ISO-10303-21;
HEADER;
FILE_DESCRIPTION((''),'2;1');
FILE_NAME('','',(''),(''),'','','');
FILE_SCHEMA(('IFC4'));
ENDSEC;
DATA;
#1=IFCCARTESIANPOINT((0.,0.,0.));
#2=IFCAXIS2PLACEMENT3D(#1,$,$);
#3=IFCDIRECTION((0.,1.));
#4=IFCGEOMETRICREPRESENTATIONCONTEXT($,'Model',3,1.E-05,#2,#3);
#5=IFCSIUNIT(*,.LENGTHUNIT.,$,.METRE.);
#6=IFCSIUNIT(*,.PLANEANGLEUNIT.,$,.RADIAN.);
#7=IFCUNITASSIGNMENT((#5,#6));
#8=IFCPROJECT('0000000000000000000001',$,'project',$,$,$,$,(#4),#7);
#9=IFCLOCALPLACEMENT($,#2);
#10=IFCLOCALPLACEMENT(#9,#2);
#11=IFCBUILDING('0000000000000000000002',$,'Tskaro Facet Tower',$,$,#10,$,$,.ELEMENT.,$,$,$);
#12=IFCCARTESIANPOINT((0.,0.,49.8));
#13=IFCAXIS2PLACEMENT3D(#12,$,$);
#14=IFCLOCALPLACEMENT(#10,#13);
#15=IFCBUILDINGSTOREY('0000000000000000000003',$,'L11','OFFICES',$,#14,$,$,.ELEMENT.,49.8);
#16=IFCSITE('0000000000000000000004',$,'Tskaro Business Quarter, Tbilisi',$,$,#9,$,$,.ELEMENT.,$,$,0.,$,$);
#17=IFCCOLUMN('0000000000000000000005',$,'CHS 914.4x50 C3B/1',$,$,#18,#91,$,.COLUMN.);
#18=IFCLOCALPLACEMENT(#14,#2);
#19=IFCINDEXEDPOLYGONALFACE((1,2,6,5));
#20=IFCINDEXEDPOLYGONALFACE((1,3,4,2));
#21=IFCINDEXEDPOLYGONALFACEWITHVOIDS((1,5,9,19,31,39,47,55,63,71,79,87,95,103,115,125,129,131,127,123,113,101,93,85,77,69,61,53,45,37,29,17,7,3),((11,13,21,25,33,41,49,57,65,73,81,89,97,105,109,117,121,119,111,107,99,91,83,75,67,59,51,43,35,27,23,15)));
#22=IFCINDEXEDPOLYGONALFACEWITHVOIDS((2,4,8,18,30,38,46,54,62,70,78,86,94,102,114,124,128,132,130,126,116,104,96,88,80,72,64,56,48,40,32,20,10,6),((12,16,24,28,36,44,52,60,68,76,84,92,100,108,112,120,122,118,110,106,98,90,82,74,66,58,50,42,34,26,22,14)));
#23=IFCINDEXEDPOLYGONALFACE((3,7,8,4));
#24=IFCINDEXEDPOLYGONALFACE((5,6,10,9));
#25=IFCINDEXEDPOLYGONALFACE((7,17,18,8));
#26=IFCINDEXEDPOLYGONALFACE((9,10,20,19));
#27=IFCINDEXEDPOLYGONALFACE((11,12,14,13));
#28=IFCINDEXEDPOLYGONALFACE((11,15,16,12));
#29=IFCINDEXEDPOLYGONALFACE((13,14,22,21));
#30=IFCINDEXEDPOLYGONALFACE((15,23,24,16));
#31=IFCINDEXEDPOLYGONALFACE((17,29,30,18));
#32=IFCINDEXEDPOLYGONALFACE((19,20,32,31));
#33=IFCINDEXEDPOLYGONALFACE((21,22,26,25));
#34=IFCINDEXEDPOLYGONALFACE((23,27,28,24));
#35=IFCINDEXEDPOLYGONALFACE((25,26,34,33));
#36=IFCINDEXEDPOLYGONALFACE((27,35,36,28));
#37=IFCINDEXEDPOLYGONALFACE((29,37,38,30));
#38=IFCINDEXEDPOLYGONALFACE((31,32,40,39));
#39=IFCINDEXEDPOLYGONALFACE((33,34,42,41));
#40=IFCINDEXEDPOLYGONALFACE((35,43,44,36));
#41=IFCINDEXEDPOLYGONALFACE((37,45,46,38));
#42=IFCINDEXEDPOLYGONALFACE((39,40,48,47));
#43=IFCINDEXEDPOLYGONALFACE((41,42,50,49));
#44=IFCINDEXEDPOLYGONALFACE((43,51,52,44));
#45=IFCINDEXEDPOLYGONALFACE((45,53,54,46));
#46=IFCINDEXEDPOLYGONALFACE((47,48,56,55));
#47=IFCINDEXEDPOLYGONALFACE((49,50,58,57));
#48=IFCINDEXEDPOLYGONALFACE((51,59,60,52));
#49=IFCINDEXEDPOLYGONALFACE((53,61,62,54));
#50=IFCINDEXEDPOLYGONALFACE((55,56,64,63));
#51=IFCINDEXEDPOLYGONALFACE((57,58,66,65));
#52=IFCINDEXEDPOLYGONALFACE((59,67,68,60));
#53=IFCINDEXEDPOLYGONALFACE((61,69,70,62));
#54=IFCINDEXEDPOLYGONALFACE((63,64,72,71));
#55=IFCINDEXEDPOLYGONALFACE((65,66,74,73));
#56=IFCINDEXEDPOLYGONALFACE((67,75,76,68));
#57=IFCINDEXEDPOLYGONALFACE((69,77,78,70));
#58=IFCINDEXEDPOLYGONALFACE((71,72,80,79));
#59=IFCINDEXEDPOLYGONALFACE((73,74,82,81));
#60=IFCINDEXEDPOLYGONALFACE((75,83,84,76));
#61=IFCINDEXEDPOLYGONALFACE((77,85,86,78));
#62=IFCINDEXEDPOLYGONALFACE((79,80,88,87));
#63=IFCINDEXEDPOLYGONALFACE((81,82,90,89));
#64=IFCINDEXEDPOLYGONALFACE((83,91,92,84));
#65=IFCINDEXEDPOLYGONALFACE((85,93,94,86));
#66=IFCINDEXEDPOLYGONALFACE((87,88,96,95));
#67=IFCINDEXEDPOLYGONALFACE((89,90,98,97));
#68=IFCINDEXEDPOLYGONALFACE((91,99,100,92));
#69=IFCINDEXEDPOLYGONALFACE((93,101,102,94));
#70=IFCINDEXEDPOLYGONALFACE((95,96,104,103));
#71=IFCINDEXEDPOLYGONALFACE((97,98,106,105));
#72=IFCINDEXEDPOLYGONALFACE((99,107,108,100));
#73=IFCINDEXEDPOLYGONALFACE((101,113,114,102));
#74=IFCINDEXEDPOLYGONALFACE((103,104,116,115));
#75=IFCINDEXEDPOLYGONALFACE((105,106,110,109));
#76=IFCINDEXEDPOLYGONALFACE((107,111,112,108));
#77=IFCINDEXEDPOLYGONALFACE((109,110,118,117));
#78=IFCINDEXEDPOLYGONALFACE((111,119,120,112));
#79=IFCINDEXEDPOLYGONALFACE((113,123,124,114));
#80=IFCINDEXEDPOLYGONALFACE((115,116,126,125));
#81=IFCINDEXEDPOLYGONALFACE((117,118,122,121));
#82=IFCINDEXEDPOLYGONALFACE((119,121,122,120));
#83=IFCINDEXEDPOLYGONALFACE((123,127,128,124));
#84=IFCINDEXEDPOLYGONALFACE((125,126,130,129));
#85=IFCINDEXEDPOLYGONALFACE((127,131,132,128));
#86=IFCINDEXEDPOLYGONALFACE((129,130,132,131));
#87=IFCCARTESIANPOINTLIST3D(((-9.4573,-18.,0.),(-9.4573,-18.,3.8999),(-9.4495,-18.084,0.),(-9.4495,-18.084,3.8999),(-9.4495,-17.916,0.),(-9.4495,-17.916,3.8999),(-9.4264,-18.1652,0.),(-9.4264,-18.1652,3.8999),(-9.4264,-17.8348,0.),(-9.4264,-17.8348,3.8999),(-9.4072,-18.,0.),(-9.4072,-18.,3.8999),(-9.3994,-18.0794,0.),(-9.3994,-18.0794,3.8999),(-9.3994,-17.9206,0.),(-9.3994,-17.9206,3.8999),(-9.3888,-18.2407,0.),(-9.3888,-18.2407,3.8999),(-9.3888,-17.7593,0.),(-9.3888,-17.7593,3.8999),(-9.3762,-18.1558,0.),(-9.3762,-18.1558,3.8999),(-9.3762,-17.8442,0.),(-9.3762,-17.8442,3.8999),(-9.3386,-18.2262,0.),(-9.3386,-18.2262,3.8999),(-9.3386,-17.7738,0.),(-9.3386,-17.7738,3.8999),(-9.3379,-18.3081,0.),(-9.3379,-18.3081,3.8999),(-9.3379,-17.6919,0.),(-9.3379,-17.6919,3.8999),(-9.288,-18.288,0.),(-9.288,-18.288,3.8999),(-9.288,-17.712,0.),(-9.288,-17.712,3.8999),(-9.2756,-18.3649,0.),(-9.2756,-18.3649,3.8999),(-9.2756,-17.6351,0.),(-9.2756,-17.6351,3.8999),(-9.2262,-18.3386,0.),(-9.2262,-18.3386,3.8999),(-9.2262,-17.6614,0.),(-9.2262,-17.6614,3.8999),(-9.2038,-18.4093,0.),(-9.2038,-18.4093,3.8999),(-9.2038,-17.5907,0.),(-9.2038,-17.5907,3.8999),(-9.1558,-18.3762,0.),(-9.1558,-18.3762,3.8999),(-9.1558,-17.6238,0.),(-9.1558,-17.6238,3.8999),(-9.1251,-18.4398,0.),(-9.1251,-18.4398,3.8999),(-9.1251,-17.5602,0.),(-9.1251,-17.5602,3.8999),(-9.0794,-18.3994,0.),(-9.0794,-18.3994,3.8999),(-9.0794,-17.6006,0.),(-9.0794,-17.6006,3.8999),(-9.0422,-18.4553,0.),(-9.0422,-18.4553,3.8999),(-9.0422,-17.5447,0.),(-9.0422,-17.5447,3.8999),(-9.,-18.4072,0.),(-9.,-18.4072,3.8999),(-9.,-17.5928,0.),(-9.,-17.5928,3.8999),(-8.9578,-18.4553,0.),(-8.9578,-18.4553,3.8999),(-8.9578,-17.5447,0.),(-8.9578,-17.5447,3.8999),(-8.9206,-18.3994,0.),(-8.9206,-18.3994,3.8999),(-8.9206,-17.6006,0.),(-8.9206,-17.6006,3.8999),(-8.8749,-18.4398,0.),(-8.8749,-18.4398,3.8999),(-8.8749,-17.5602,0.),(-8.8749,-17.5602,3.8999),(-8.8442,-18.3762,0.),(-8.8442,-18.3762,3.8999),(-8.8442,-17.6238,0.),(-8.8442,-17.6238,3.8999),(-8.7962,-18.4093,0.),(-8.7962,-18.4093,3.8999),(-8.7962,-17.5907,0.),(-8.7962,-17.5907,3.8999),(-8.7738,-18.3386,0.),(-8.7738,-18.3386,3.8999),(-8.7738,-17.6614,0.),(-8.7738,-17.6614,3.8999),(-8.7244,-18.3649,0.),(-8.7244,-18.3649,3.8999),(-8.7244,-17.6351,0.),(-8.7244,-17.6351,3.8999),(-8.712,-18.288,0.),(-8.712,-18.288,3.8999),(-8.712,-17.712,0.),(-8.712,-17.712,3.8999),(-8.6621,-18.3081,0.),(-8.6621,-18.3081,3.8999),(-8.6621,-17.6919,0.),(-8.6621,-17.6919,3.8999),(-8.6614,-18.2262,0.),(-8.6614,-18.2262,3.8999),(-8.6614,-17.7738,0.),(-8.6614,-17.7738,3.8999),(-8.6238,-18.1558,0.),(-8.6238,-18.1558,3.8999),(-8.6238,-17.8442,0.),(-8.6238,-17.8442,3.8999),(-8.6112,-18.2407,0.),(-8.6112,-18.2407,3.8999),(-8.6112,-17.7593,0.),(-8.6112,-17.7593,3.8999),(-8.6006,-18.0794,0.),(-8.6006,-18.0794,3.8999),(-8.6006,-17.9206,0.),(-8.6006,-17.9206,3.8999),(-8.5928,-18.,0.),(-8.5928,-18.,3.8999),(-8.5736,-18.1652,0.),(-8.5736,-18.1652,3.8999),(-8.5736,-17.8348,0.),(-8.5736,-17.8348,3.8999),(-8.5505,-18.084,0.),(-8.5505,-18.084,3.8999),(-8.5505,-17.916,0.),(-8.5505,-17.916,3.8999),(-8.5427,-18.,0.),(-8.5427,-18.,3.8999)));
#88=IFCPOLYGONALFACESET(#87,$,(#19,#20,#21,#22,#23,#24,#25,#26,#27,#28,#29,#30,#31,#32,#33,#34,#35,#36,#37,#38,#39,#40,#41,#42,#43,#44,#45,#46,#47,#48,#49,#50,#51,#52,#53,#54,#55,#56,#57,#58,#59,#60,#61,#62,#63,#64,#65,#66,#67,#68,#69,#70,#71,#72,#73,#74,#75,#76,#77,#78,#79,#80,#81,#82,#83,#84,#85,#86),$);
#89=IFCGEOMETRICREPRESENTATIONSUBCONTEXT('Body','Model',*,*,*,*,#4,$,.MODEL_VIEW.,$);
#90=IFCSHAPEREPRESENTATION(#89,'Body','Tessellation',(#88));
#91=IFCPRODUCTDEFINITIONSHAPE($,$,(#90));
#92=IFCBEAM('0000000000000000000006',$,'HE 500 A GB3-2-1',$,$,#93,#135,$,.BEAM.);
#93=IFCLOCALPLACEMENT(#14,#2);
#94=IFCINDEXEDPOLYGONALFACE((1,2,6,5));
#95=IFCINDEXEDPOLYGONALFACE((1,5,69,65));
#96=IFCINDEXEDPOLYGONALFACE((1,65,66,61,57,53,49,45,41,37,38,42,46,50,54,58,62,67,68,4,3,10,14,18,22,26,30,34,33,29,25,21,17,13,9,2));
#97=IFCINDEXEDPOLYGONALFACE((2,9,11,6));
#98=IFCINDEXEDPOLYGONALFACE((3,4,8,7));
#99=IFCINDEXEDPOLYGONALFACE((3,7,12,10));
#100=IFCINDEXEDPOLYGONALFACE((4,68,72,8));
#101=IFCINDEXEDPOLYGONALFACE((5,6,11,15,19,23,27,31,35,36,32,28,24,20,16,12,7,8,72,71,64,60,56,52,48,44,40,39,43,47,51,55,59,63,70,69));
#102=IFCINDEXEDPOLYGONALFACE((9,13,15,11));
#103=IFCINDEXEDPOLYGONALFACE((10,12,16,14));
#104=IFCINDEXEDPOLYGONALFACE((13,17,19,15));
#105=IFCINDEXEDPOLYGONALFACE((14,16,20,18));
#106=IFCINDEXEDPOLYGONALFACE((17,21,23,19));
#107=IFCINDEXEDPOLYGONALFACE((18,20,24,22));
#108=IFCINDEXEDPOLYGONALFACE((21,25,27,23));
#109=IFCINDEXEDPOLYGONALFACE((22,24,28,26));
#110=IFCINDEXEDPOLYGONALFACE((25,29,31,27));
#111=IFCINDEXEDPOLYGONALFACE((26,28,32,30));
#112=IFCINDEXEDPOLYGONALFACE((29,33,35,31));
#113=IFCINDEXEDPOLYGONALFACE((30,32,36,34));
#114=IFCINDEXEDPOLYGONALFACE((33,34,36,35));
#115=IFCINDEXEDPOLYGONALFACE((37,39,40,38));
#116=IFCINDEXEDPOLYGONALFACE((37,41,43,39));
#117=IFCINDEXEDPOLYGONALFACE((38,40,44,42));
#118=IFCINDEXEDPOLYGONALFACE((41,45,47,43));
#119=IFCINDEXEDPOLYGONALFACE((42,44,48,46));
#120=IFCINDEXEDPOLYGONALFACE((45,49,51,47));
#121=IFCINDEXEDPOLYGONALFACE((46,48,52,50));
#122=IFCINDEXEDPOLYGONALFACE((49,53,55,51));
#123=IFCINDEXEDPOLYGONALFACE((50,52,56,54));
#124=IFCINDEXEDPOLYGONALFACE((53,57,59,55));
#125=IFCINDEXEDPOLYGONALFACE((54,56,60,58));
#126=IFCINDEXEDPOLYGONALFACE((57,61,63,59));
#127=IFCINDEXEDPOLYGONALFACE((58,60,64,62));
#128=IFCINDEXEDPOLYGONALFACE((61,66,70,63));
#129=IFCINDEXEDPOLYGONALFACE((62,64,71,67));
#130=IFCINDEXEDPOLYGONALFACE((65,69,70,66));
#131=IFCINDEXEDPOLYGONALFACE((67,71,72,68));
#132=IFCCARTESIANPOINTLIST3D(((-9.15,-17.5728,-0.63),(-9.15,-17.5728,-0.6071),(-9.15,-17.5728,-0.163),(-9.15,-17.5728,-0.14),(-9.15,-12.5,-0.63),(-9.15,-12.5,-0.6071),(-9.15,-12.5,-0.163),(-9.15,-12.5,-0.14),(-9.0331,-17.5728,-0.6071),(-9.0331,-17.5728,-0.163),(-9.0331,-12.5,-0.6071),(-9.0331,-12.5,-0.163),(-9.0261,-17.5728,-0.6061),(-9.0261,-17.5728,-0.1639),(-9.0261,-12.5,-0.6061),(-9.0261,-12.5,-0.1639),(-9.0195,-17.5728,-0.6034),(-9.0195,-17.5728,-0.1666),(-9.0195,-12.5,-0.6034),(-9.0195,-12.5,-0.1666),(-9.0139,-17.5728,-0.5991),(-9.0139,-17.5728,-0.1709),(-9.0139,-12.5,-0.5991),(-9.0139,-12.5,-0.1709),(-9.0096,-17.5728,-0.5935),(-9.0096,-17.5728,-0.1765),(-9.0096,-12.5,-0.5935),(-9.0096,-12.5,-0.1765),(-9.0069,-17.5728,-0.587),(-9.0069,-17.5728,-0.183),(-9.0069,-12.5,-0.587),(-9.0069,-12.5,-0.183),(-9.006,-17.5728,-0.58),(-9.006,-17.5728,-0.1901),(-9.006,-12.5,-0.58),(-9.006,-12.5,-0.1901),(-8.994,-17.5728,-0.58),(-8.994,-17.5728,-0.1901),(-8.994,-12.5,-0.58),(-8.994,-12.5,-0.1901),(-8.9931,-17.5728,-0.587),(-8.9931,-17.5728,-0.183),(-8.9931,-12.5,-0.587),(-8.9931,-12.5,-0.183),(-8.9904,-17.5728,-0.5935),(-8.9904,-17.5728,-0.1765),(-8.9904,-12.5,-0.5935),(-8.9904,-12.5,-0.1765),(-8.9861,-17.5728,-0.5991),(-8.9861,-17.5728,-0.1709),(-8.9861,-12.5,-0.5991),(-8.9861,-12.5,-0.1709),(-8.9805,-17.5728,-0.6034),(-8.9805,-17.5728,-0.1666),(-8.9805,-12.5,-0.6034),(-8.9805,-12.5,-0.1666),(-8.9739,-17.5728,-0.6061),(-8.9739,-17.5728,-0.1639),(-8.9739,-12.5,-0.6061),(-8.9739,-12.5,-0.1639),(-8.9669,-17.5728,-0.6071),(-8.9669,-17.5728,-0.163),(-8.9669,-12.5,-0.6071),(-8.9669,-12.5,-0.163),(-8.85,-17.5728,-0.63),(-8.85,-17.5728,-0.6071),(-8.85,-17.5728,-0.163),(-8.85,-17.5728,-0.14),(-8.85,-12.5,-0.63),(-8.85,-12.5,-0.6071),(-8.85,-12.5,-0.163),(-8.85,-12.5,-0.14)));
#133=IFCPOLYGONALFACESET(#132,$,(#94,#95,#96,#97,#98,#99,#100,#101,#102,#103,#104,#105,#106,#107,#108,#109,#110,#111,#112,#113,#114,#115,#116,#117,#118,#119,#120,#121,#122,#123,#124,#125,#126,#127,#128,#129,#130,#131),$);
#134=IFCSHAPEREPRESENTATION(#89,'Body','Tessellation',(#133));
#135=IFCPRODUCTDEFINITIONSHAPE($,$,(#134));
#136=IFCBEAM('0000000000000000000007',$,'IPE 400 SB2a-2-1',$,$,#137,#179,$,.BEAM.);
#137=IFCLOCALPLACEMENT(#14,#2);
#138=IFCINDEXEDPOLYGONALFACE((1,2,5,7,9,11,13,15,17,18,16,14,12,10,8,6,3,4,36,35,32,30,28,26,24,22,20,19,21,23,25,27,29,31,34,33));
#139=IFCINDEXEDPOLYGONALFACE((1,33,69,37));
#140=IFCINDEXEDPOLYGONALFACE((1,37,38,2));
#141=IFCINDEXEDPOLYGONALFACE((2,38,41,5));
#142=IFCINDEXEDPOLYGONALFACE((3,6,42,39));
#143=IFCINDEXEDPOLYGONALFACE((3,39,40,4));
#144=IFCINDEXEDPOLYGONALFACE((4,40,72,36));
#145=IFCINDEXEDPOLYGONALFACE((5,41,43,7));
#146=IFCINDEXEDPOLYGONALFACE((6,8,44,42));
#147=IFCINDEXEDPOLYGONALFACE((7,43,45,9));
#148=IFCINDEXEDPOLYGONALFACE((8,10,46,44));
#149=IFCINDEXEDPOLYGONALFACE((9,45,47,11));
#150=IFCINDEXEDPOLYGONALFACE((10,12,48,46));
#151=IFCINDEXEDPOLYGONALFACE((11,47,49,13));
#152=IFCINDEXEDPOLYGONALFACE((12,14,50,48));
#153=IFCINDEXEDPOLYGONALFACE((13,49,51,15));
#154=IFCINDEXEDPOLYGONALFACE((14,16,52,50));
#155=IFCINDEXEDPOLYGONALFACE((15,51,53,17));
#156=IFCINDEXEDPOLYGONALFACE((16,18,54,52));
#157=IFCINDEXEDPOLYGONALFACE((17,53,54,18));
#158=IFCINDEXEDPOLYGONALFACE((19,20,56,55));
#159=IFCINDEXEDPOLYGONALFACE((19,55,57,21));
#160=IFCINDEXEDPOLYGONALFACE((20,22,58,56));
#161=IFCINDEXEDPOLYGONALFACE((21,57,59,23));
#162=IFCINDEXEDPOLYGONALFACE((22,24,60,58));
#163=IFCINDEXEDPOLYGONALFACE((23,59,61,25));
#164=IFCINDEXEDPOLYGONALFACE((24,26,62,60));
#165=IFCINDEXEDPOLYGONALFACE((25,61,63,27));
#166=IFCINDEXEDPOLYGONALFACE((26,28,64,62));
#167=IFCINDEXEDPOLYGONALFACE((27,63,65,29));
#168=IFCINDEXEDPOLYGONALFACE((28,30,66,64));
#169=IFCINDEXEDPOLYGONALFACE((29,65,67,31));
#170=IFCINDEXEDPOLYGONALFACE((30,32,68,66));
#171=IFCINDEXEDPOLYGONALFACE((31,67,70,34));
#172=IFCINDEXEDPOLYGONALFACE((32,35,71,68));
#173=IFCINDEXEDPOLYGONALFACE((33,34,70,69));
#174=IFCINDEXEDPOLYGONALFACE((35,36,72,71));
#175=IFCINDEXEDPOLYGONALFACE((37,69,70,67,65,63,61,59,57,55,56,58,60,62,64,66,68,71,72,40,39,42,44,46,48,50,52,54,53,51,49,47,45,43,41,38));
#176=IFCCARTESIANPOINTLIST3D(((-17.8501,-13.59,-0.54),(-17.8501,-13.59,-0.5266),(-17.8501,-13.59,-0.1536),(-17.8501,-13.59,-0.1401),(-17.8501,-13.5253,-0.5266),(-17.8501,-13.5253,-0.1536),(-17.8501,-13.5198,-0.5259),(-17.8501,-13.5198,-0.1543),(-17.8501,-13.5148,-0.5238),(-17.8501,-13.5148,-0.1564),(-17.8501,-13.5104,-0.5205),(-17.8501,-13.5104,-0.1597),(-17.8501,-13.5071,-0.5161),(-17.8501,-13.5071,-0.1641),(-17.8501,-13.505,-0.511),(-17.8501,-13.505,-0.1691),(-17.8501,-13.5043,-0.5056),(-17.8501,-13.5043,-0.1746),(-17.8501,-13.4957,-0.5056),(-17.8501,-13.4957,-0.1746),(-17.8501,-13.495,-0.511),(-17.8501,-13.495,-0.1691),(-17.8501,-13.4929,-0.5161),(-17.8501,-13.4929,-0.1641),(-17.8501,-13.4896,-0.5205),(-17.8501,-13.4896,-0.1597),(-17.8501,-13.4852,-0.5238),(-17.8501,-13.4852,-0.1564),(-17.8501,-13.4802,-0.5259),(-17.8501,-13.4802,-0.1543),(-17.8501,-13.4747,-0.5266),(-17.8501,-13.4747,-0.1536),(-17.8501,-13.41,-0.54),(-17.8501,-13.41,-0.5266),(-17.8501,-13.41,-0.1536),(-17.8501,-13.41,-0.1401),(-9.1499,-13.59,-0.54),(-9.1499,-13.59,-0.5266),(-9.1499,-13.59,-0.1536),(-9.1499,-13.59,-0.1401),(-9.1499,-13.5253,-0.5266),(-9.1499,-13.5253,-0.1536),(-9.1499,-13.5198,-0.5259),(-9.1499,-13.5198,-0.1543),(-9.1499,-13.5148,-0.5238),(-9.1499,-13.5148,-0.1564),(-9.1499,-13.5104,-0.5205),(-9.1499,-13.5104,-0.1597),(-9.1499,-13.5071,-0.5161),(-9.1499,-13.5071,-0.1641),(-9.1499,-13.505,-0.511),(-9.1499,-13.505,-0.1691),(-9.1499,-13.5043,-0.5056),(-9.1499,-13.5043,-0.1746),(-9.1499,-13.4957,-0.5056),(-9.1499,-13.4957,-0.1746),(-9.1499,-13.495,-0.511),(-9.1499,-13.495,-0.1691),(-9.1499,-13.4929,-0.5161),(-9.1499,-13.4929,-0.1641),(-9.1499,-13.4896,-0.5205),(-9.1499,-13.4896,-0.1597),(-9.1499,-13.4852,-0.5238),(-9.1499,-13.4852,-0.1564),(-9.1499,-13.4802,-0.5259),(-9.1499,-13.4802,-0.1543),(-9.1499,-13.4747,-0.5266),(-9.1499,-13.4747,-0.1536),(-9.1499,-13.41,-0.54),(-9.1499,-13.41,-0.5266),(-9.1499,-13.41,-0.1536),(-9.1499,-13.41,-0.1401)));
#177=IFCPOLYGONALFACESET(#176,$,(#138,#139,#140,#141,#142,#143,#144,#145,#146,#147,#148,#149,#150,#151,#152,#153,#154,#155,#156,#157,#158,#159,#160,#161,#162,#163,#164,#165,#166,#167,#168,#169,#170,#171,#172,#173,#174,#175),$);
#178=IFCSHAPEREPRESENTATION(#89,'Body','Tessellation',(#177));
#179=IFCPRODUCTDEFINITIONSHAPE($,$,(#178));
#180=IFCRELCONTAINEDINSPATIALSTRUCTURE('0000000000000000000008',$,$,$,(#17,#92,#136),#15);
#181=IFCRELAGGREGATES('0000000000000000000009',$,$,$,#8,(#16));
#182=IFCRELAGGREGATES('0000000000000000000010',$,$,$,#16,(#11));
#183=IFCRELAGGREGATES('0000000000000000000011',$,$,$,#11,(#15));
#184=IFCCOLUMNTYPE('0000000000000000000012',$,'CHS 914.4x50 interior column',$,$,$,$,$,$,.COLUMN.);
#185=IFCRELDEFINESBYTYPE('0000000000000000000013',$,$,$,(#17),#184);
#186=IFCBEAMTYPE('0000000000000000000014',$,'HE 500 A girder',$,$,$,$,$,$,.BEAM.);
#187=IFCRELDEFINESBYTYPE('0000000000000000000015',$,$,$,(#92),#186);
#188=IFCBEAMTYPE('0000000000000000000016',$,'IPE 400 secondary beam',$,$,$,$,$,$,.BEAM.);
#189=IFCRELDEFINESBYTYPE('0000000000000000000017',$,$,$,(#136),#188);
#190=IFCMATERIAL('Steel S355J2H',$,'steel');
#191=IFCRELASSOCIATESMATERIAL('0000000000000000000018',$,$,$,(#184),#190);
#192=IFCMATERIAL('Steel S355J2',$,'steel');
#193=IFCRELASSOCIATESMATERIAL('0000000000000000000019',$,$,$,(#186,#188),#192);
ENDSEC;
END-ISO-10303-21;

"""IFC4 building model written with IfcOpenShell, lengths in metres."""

from ifc_helpers import new_model, si_unit, direction, frame, origin, origin_2d, place, context, subcontext, project, spatial, hollow_circle, i_section, extrude, material, material_profile, profile_set, type_object, element, save


model = new_model("IFC4")

# Units and contexts
model_context = context("Model", 3, precision=1e-05, world=origin(), true_north=direction((0.0, 1.0)))
body_context = subcontext(model_context, "Body", "Model", "MODEL_VIEW")
ifc_project = project(units=[si_unit("LENGTHUNIT", "METRE"), si_unit("PLANEANGLEUNIT", "RADIAN")], contexts=[model_context])

# Site, building, storey
site_placement = place(None, origin())
site = spatial("IfcSite", under=ifc_project, at=site_placement, Name="Tskaro Business Quarter, Tbilisi", CompositionType="ELEMENT", RefElevation=0.0)
building_placement = place(site_placement, origin())
building = spatial("IfcBuilding", under=site, at=building_placement, Name="Tskaro Facet Tower", CompositionType="ELEMENT")
storey_placement = place(building_placement, frame((0.0, 0.0, 49.8)))
storey = spatial("IfcBuildingStorey", under=building, at=storey_placement, Name="L11", Description="OFFICES", CompositionType="ELEMENT", Elevation=49.8)

# Column
ifc_material_1 = material(Name="Steel S355J2H", Category="steel")
ifc_material_profile_1 = material_profile(ifc_material_1, hollow_circle(Radius=0.4573, WallThickness=0.05, at=origin_2d()), Name="CHS 914.4x50")
ifc_profile_set_1 = profile_set([ifc_material_profile_1], Name="Steel S355J2H")
column_type = type_object("IfcColumnType", Name="CHS 914.4x50 interior column", PredefinedType="COLUMN", material=ifc_profile_set_1)
column_placement = place(storey_placement, frame((-9.0, -18.0, 0.0), z_axis=(0.0, 0.0, 1.0), x_axis=(1.0, 0.0, 0.0)))
element("IfcColumn", 1, at=column_placement, inside=storey, type_object=column_type, Name="CHS 914.4x50 C3B/1", PredefinedType="COLUMN", context=body_context, shape_type="SweptSolid", body=[
    extrude(hollow_circle(Radius=0.4573, WallThickness=0.05, at=origin_2d()), origin(), (0.0, 0.0, 1.0), 3.8999),
])

# Beams
ifc_material_2 = material(Name="Steel S355J2", Category="steel")
ifc_material_profile_2 = material_profile(ifc_material_2, i_section(OverallWidth=0.3, OverallDepth=0.49, WebThickness=0.012, FlangeThickness=0.0229, FilletRadius=0.0271, at=origin_2d()), Name="HE 500 A")
ifc_profile_set_2 = profile_set([ifc_material_profile_2], Name="Steel S355J2")
beam_type_1 = type_object("IfcBeamType", Name="HE 500 A girder", PredefinedType="BEAM", material=ifc_profile_set_2)
beam_placement = place(storey_placement, frame((-9.0, -17.5728, -0.385), z_axis=(0.0, 1.0, 0.0), x_axis=(-1.0, 0.0, 0.0)))
element("IfcBeam", 2, at=beam_placement, inside=storey, type_object=beam_type_1, Name="HE 500 A GB3-2-1", PredefinedType="BEAM", context=body_context, shape_type="SweptSolid", body=[
    extrude(i_section(OverallWidth=0.3, OverallDepth=0.49, WebThickness=0.012, FlangeThickness=0.0229, FilletRadius=0.0271, at=origin_2d()), origin(), (0.0, 0.0, 1.0), 5.0728),
])
ifc_material_profile_3 = material_profile(ifc_material_2, i_section(OverallWidth=0.1799, OverallDepth=0.3999, WebThickness=0.0085, FlangeThickness=0.0134, FilletRadius=0.021, at=origin_2d()), Name="IPE 400")
ifc_profile_set_3 = profile_set([ifc_material_profile_3], Name="Steel S355J2")
beam_type_2 = type_object("IfcBeamType", Name="IPE 400 secondary beam", PredefinedType="BEAM", material=ifc_profile_set_3)
for number, where, z_axis, x_axis, name in (
    (3, (-17.8501, -13.5, -0.3401), (1.0, 0.0, 0.0), (0.0, 1.0, 0.0), "IPE 400 SB2a-2-1"),
):
    element("IfcBeam", number, at=place(storey_placement, frame(where, z_axis=z_axis, x_axis=x_axis)), inside=storey, type_object=beam_type_2, Name=name, PredefinedType="BEAM", context=body_context, shape_type="SweptSolid", body=[
        extrude(i_section(OverallWidth=0.1799, OverallDepth=0.3999, WebThickness=0.0085, FlangeThickness=0.0134, FilletRadius=0.021, at=origin_2d()), origin(), (0.0, 0.0, 1.0), 8.7002),
    ])

save(model, "model.ifc")
